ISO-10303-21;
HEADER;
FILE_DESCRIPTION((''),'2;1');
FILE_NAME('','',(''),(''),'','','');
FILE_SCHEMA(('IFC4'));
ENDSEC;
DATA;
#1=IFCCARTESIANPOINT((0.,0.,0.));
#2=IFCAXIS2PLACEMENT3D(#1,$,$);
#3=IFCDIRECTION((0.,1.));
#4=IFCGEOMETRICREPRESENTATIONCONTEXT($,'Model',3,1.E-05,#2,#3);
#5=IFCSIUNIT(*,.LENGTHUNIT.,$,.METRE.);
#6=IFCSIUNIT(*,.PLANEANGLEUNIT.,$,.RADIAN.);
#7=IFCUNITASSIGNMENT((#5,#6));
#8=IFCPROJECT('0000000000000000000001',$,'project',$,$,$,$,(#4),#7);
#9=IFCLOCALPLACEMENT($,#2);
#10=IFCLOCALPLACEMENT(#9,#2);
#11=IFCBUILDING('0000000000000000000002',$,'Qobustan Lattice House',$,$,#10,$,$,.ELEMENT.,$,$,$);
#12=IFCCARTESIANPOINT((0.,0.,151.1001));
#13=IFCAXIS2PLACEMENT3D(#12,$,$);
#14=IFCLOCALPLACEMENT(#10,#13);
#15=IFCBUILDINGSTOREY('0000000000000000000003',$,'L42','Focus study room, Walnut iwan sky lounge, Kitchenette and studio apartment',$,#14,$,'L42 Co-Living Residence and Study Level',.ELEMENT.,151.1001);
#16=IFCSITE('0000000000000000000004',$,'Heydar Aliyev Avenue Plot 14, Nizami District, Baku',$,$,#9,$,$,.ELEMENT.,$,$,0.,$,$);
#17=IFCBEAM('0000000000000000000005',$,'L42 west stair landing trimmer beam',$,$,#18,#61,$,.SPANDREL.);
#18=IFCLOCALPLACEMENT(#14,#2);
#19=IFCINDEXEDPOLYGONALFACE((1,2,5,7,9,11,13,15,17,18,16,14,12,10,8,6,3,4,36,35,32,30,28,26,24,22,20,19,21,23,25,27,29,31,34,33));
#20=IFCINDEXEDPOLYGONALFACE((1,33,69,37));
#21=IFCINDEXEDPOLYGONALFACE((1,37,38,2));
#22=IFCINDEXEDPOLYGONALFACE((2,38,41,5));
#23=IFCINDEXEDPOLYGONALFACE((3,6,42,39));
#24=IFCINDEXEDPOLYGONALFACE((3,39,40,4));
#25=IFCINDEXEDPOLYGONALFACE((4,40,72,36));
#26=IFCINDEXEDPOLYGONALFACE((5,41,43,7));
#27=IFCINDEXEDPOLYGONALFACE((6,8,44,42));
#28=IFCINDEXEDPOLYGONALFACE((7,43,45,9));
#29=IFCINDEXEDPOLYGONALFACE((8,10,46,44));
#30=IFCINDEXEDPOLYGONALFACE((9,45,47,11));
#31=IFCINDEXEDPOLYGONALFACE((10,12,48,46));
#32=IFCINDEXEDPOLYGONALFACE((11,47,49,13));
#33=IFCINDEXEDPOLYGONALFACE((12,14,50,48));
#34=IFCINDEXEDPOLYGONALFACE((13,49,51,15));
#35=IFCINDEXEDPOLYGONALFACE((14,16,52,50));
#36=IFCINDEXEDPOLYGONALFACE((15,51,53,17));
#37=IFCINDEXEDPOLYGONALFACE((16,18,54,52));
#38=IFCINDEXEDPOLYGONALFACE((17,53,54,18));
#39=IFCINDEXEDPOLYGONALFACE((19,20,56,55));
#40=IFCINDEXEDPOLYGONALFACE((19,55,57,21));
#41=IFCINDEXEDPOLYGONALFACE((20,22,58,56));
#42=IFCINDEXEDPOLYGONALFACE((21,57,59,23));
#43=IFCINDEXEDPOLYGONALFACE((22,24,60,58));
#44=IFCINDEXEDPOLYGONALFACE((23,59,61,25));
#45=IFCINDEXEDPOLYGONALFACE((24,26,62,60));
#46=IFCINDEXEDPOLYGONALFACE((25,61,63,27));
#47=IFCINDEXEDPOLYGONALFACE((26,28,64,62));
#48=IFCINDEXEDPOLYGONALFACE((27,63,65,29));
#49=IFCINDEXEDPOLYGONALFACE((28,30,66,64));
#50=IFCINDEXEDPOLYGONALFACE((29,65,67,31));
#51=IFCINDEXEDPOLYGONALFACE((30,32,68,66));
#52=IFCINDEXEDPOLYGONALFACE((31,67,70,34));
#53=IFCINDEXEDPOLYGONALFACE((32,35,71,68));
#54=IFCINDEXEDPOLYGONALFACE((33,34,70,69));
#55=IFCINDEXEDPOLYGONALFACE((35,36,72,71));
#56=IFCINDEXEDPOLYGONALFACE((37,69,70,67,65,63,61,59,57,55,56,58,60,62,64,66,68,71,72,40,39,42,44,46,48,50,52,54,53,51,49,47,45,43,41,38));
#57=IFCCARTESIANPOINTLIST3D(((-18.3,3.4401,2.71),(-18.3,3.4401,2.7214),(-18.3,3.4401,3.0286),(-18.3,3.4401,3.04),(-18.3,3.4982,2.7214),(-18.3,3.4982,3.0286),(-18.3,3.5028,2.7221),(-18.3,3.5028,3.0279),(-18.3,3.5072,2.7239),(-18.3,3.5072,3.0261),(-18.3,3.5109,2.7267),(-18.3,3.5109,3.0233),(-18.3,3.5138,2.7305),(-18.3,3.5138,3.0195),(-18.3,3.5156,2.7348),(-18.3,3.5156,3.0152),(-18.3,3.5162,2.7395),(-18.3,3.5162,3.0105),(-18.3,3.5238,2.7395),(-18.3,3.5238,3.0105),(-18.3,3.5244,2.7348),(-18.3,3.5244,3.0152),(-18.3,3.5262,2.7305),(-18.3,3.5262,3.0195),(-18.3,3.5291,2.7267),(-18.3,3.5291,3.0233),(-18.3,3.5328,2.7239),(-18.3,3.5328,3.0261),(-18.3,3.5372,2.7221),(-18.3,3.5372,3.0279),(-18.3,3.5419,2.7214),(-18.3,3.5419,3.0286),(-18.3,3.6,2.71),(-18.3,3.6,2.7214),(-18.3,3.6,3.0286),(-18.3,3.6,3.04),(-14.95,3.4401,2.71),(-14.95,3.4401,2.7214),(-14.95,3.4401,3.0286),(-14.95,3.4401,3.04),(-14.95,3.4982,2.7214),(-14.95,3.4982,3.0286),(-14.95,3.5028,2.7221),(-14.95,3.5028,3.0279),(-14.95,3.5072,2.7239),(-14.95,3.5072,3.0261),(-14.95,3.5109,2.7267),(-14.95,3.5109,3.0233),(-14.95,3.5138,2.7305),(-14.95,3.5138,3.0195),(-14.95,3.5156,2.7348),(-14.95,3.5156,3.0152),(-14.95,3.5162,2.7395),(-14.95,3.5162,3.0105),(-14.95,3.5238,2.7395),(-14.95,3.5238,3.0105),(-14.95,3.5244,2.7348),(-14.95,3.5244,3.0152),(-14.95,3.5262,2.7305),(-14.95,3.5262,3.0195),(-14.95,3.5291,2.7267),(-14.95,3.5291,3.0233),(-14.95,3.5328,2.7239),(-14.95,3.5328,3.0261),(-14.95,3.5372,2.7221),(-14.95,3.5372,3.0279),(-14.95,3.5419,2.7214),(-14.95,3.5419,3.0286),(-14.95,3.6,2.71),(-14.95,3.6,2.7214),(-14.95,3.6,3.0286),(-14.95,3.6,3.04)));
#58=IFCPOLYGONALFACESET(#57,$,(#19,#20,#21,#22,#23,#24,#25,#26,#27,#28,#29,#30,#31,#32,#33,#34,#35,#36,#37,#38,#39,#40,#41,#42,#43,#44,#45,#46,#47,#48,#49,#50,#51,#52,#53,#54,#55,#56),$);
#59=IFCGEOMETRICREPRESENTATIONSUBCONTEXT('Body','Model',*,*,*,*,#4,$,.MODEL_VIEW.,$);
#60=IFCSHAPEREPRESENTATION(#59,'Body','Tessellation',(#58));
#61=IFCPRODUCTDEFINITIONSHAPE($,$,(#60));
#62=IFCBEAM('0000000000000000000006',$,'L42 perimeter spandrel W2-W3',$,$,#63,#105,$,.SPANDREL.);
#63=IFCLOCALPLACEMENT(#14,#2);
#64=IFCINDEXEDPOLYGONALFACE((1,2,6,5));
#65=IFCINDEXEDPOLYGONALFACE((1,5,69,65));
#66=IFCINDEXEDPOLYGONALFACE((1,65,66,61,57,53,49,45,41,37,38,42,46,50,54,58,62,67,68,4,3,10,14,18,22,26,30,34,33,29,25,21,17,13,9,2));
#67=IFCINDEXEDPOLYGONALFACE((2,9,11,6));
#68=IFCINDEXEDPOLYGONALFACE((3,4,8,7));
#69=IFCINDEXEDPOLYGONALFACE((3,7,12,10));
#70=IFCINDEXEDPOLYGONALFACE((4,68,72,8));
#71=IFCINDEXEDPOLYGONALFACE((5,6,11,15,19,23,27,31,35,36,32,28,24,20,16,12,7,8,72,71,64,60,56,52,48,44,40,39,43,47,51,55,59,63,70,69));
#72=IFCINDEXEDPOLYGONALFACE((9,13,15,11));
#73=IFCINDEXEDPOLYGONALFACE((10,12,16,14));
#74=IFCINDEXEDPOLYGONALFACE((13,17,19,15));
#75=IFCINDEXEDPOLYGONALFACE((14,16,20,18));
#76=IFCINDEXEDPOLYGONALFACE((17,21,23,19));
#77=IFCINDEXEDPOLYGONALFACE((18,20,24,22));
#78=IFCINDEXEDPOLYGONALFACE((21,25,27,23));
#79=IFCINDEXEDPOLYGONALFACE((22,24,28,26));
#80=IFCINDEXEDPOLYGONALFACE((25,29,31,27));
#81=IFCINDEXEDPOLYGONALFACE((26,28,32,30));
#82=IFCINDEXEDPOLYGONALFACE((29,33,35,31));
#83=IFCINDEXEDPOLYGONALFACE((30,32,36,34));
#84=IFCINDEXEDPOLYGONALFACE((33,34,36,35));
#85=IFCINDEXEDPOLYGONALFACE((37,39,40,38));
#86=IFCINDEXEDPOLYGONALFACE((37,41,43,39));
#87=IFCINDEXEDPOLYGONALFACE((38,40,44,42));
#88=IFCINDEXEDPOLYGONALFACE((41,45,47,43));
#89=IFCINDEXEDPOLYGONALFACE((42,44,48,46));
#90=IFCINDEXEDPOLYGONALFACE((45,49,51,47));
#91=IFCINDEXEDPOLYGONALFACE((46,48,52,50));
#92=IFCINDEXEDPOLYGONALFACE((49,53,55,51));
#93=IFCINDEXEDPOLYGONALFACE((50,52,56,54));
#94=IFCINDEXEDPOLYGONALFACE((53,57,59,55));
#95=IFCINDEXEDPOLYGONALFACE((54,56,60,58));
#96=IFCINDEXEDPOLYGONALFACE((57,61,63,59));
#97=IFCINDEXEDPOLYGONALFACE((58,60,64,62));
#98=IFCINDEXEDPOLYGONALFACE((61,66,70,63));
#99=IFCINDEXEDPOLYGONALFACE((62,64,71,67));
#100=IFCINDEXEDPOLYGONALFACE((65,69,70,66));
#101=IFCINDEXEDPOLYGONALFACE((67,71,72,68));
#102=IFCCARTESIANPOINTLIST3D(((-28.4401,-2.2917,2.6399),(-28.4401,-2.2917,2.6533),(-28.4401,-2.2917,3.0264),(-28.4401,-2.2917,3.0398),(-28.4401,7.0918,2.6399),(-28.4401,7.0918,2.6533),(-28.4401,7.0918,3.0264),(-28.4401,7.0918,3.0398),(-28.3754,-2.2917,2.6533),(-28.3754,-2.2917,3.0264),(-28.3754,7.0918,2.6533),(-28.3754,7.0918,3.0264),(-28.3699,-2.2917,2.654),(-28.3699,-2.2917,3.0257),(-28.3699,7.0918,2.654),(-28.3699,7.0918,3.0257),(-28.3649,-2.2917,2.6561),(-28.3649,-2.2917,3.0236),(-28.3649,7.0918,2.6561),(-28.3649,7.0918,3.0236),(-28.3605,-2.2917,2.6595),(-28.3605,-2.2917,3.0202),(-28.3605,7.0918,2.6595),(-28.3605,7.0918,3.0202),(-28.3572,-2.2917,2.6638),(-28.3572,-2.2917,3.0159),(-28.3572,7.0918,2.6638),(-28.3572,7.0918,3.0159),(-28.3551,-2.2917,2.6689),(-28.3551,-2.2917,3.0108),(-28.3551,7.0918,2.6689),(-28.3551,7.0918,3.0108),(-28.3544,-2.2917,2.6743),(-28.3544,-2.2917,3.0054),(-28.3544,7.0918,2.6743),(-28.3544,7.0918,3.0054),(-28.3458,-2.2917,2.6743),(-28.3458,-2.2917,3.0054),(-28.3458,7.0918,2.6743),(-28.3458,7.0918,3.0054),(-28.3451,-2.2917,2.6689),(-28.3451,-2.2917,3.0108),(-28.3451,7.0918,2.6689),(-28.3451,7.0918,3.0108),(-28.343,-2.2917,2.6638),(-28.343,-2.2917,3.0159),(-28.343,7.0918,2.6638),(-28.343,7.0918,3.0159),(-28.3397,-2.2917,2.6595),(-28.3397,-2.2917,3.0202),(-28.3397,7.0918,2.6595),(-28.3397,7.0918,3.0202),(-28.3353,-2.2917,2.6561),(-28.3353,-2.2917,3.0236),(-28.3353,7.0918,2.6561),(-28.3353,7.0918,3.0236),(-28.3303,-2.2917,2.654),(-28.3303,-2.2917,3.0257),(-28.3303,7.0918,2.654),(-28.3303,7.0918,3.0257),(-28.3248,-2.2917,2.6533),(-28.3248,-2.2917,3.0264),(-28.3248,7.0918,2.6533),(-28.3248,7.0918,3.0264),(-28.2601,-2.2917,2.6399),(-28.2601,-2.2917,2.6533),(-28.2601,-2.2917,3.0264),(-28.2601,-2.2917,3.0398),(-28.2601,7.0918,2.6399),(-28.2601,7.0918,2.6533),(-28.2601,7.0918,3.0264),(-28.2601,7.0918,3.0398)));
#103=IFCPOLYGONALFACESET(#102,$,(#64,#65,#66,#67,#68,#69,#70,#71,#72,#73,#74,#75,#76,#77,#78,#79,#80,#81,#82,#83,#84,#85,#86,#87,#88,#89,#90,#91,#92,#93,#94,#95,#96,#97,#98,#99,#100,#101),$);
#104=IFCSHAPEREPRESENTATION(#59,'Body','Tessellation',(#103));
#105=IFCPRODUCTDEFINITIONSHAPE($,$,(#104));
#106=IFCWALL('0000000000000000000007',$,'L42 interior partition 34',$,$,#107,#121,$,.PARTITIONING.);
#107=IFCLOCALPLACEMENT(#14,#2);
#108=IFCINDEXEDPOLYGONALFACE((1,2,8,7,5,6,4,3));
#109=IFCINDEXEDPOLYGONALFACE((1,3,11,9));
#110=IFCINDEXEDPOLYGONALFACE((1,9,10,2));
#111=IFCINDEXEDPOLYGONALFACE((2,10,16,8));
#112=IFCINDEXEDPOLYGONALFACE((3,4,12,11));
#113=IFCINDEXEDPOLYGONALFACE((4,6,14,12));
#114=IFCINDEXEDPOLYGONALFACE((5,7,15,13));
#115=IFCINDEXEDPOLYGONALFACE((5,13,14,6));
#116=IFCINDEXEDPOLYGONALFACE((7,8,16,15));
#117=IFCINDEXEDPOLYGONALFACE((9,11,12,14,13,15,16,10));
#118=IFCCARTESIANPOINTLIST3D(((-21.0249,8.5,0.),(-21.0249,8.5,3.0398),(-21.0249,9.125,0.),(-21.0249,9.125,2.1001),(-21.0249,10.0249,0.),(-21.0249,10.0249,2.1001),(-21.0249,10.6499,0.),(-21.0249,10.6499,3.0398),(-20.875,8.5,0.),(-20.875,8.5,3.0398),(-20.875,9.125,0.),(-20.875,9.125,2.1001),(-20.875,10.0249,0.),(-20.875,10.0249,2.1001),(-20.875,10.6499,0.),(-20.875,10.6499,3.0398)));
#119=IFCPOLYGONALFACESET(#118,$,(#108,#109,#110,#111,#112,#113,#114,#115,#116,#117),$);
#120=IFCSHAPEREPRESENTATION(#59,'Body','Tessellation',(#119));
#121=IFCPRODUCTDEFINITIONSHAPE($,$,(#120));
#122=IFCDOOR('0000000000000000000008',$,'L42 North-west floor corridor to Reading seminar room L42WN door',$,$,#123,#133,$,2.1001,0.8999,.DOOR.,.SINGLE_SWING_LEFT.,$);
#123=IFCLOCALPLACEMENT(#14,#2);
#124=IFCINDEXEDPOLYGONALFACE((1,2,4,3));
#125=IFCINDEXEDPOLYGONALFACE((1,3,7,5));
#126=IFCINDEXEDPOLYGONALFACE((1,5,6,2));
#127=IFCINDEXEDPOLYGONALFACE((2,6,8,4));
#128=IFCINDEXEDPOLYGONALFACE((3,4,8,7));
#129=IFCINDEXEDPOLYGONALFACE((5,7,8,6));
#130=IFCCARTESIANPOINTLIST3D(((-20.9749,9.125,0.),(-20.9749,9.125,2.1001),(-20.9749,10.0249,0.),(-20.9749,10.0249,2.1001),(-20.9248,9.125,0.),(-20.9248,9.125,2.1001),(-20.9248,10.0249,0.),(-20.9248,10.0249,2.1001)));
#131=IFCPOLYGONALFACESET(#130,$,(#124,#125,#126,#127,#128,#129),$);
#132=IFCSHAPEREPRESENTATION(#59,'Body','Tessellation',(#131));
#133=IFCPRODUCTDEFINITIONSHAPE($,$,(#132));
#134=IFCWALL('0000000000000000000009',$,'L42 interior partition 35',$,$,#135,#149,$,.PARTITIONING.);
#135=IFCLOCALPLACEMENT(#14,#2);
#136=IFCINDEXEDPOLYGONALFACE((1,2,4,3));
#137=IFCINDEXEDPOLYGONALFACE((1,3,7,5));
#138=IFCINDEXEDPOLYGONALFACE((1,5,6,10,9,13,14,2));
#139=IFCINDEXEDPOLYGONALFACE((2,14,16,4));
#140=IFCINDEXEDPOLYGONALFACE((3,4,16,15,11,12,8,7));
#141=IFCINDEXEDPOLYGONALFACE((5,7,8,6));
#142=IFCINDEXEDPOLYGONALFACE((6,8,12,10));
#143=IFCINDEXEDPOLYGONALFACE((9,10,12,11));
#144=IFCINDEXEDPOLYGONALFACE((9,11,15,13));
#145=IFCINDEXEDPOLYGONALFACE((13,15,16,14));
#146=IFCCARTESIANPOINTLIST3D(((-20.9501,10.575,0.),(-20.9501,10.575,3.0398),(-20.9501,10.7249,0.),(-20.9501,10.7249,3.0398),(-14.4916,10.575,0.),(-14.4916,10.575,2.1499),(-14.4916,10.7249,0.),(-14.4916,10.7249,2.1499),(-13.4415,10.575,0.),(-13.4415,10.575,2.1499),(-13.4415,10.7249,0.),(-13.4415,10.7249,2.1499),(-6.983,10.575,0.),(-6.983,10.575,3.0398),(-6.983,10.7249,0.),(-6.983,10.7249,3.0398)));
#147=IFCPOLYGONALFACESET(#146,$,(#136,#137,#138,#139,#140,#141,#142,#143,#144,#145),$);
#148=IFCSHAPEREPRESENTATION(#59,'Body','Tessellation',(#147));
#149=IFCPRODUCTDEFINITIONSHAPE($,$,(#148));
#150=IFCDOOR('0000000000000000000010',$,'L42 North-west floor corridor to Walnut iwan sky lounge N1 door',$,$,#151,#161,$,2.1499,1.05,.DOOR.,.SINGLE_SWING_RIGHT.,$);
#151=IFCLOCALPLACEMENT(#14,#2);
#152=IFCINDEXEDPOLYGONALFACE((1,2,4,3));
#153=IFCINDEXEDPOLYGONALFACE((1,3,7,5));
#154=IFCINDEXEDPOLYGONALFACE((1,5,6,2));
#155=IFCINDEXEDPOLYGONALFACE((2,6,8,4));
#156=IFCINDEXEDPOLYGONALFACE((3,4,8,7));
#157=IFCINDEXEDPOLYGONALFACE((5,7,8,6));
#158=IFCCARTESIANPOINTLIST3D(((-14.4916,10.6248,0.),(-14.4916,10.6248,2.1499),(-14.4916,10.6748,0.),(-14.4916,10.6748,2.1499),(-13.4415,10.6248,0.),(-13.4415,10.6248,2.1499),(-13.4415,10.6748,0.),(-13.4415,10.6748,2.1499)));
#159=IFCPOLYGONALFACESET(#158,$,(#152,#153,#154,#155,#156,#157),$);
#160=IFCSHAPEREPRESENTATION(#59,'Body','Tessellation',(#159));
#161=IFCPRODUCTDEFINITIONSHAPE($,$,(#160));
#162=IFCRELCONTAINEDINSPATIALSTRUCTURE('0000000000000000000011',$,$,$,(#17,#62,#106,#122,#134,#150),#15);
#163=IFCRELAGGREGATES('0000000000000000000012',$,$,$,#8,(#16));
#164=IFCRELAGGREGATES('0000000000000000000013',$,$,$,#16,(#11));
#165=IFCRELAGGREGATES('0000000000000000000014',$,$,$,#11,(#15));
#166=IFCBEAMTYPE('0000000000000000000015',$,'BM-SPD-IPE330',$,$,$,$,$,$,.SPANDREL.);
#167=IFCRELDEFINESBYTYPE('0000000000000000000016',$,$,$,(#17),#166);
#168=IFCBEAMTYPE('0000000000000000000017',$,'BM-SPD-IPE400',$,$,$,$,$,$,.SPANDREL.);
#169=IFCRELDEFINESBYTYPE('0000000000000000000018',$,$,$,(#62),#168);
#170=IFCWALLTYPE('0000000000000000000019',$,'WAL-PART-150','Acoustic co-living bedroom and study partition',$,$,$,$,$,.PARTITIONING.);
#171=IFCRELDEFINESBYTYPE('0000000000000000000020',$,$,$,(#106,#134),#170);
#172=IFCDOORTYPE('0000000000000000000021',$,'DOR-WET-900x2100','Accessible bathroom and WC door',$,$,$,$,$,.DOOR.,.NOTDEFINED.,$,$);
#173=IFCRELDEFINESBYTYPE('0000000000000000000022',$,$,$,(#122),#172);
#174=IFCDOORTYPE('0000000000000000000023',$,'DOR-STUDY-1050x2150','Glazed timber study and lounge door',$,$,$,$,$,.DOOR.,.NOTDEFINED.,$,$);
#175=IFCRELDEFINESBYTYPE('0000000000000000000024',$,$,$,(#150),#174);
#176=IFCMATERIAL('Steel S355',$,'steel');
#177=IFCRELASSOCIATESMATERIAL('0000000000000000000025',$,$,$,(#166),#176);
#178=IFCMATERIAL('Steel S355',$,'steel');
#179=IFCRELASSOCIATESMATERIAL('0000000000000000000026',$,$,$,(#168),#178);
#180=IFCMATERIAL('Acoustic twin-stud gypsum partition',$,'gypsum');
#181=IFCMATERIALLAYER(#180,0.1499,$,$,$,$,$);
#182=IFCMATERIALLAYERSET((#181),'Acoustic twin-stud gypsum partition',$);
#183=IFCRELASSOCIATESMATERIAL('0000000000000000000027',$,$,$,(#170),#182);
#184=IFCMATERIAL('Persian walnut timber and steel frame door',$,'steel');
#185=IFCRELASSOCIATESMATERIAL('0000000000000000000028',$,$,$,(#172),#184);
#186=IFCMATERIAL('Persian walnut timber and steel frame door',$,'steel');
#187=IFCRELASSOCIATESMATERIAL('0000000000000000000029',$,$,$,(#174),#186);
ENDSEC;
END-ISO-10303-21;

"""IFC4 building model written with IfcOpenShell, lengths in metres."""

from ifc_helpers import new_model, si_unit, direction, frame, frame_2d, origin, origin_2d, place, context, subcontext, project, spatial, rectangle, i_section, extrude, material, layer, layer_set, material_profile, profile_set, type_object, element, fill, save


model = new_model("IFC4")

# Units and contexts
model_context = context("Model", 3, precision=1e-05, world=origin(), true_north=direction((0.0, 1.0)))
body_context = subcontext(model_context, "Body", "Model", "MODEL_VIEW")
ifc_project = project(units=[si_unit("LENGTHUNIT", "METRE"), si_unit("PLANEANGLEUNIT", "RADIAN")], contexts=[model_context])

# Site, building, storey
site_placement = place(None, origin())
site = spatial("IfcSite", under=ifc_project, at=site_placement, Name="Heydar Aliyev Avenue Plot 14, Nizami District, Baku", CompositionType="ELEMENT", RefElevation=0.0)
building_placement = place(site_placement, origin())
building = spatial("IfcBuilding", under=site, at=building_placement, Name="Qobustan Lattice House", CompositionType="ELEMENT")
storey_placement = place(building_placement, frame((0.0, 0.0, 151.1001)))
storey = spatial("IfcBuildingStorey", under=building, at=storey_placement, Name="L42", Description="Focus study room, Walnut iwan sky lounge, Kitchenette and studio apartment", LongName="L42 Co-Living Residence and Study Level", CompositionType="ELEMENT", Elevation=151.1001)

# Beams
ifc_material_1 = material(Name="Steel S355", Category="steel")
ifc_material_profile_1 = material_profile(ifc_material_1, i_section(OverallWidth=0.1599, OverallDepth=0.3301, WebThickness=0.0076, FlangeThickness=0.0115, FilletRadius=0.0181, at=origin_2d()), Name="IPE330")
ifc_profile_set_1 = profile_set([ifc_material_profile_1], Name="Steel S355")
beam_type_1 = type_object("IfcBeamType", Name="BM-SPD-IPE330", PredefinedType="SPANDREL", material=ifc_profile_set_1)
beam_1_placement = place(storey_placement, frame((-18.3, 3.52, 2.875), z_axis=(1.0, 0.0, 0.0), x_axis=(0.0, 1.0, 0.0)))
element("IfcBeam", 1, at=beam_1_placement, inside=storey, type_object=beam_type_1, Name="L42 west stair landing trimmer beam", PredefinedType="SPANDREL", context=body_context, shape_type="SweptSolid", body=[
    extrude(i_section(OverallWidth=0.1599, OverallDepth=0.3301, WebThickness=0.0076, FlangeThickness=0.0115, FilletRadius=0.0181, at=origin_2d()), origin(), (0.0, 0.0, 1.0), 3.3501),
])
ifc_material_2 = material(Name="Steel S355", Category="steel")
ifc_material_profile_2 = material_profile(ifc_material_2, i_section(OverallWidth=0.1799, OverallDepth=0.3999, WebThickness=0.0085, FlangeThickness=0.0134, FilletRadius=0.021, at=origin_2d()), Name="IPE400")
ifc_profile_set_2 = profile_set([ifc_material_profile_2], Name="Steel S355")
beam_type_2 = type_object("IfcBeamType", Name="BM-SPD-IPE400", PredefinedType="SPANDREL", material=ifc_profile_set_2)
beam_2_placement = place(storey_placement, frame((-28.3501, 7.0918, 2.8398), z_axis=(0.0, -1.0, 0.0), x_axis=(1.0, 0.0, 0.0)))
element("IfcBeam", 2, at=beam_2_placement, inside=storey, type_object=beam_type_2, Name="L42 perimeter spandrel W2-W3", PredefinedType="SPANDREL", context=body_context, shape_type="SweptSolid", body=[
    extrude(i_section(OverallWidth=0.1799, OverallDepth=0.3999, WebThickness=0.0085, FlangeThickness=0.0134, FilletRadius=0.021, at=origin_2d()), origin(), (0.0, 0.0, 1.0), 9.3835),
])

# Walls, openings, doors
ifc_material_3 = material(Name="Acoustic twin-stud gypsum partition", Category="gypsum")
ifc_layer_1 = layer(ifc_material_3, 0.1499)
ifc_layer_set_1 = layer_set([ifc_layer_1], Name="Acoustic twin-stud gypsum partition")
wall_type_1 = type_object("IfcWallType", Name="WAL-PART-150", Description="Acoustic co-living bedroom and study partition", PredefinedType="PARTITIONING", material=ifc_layer_set_1)
wall_1_placement = place(storey_placement, frame((-20.95, 8.5, 0.0), z_axis=(0.0, 0.0, 1.0), x_axis=(0.0, 1.0, 0.0)))
wall_1 = element("IfcWall", 3, at=wall_1_placement, inside=storey, type_object=wall_type_1, Name="L42 interior partition 34", PredefinedType="PARTITIONING", context=body_context, shape_type="SweptSolid", body=[
    extrude(rectangle(XDim=2.1499, YDim=0.1499, at=frame_2d((1.075, 0.0))), origin(), (0.0, 0.0, 1.0), 3.0398),
])
opening_1_placement = place(wall_1_placement, frame((0.625, 0.0, 0.0)))
opening_1 = element("IfcOpeningElement", 4, at=opening_1_placement, cuts=wall_1, PredefinedType="OPENING", context=body_context, shape_type="SweptSolid", body=[
    extrude(rectangle(XDim=0.8999, YDim=2.1001, at=frame_2d((0.45, 1.05))), frame((0.0, 0.085, 0.0), z_axis=(0.0, -1.0, 0.0), x_axis=(1.0, 0.0, 0.0)), (0.0, 0.0, 1.0), 0.1699),
])
ifc_material_4 = material(Name="Persian walnut timber and steel frame door", Category="steel")
door_type_1 = type_object("IfcDoorType", Name="DOR-WET-900x2100", Description="Accessible bathroom and WC door", OperationType="NOTDEFINED", PredefinedType="DOOR", material=ifc_material_4)
door_1_placement = place(opening_1_placement, origin())
door_1 = element("IfcDoor", 5, at=door_1_placement, inside=storey, type_object=door_type_1, Name="L42 North-west floor corridor to Reading seminar room L42WN door", OperationType="SINGLE_SWING_LEFT", OverallHeight=2.1001, OverallWidth=0.8999, PredefinedType="DOOR", context=body_context, shape_type="SweptSolid", body=[
    extrude(rectangle(XDim=0.8999, YDim=2.1001, at=frame_2d((0.45, 1.05))), frame((0.0, 0.0249, 0.0), z_axis=(0.0, -1.0, 0.0), x_axis=(1.0, 0.0, 0.0)), (0.0, 0.0, 1.0), 0.05),
])
fill(opening_1, door_1)
wall_2_placement = place(storey_placement, frame((-20.95, 10.6499, 0.0), z_axis=(0.0, 0.0, 1.0), x_axis=(1.0, 0.0, 0.0)))
wall_2 = element("IfcWall", 6, at=wall_2_placement, inside=storey, type_object=wall_type_1, Name="L42 interior partition 35", PredefinedType="PARTITIONING", context=body_context, shape_type="SweptSolid", body=[
    extrude(rectangle(XDim=13.967, YDim=0.1499, at=frame_2d((6.9834, 0.0))), origin(), (0.0, 0.0, 1.0), 3.0398),
])
opening_2_placement = place(wall_2_placement, frame((6.4585, 0.0, 0.0)))
opening_2 = element("IfcOpeningElement", 7, at=opening_2_placement, cuts=wall_2, PredefinedType="OPENING", context=body_context, shape_type="SweptSolid", body=[
    extrude(rectangle(XDim=1.05, YDim=2.1499, at=frame_2d((0.5249, 1.075))), frame((0.0, 0.085, 0.0), z_axis=(0.0, -1.0, 0.0), x_axis=(1.0, 0.0, 0.0)), (0.0, 0.0, 1.0), 0.1699),
])
ifc_material_5 = material(Name="Persian walnut timber and steel frame door", Category="steel")
door_type_2 = type_object("IfcDoorType", Name="DOR-STUDY-1050x2150", Description="Glazed timber study and lounge door", OperationType="NOTDEFINED", PredefinedType="DOOR", material=ifc_material_5)
door_2_placement = place(opening_2_placement, origin())
door_2 = element("IfcDoor", 8, at=door_2_placement, inside=storey, type_object=door_type_2, Name="L42 North-west floor corridor to Walnut iwan sky lounge N1 door", OperationType="SINGLE_SWING_RIGHT", OverallHeight=2.1499, OverallWidth=1.05, PredefinedType="DOOR", context=body_context, shape_type="SweptSolid", body=[
    extrude(rectangle(XDim=1.05, YDim=2.1499, at=frame_2d((0.5249, 1.075))), frame((0.0, 0.0249, 0.0), z_axis=(0.0, -1.0, 0.0), x_axis=(1.0, 0.0, 0.0)), (0.0, 0.0, 1.0), 0.05),
])
fill(opening_2, door_2)

save(model, "model.ifc")
